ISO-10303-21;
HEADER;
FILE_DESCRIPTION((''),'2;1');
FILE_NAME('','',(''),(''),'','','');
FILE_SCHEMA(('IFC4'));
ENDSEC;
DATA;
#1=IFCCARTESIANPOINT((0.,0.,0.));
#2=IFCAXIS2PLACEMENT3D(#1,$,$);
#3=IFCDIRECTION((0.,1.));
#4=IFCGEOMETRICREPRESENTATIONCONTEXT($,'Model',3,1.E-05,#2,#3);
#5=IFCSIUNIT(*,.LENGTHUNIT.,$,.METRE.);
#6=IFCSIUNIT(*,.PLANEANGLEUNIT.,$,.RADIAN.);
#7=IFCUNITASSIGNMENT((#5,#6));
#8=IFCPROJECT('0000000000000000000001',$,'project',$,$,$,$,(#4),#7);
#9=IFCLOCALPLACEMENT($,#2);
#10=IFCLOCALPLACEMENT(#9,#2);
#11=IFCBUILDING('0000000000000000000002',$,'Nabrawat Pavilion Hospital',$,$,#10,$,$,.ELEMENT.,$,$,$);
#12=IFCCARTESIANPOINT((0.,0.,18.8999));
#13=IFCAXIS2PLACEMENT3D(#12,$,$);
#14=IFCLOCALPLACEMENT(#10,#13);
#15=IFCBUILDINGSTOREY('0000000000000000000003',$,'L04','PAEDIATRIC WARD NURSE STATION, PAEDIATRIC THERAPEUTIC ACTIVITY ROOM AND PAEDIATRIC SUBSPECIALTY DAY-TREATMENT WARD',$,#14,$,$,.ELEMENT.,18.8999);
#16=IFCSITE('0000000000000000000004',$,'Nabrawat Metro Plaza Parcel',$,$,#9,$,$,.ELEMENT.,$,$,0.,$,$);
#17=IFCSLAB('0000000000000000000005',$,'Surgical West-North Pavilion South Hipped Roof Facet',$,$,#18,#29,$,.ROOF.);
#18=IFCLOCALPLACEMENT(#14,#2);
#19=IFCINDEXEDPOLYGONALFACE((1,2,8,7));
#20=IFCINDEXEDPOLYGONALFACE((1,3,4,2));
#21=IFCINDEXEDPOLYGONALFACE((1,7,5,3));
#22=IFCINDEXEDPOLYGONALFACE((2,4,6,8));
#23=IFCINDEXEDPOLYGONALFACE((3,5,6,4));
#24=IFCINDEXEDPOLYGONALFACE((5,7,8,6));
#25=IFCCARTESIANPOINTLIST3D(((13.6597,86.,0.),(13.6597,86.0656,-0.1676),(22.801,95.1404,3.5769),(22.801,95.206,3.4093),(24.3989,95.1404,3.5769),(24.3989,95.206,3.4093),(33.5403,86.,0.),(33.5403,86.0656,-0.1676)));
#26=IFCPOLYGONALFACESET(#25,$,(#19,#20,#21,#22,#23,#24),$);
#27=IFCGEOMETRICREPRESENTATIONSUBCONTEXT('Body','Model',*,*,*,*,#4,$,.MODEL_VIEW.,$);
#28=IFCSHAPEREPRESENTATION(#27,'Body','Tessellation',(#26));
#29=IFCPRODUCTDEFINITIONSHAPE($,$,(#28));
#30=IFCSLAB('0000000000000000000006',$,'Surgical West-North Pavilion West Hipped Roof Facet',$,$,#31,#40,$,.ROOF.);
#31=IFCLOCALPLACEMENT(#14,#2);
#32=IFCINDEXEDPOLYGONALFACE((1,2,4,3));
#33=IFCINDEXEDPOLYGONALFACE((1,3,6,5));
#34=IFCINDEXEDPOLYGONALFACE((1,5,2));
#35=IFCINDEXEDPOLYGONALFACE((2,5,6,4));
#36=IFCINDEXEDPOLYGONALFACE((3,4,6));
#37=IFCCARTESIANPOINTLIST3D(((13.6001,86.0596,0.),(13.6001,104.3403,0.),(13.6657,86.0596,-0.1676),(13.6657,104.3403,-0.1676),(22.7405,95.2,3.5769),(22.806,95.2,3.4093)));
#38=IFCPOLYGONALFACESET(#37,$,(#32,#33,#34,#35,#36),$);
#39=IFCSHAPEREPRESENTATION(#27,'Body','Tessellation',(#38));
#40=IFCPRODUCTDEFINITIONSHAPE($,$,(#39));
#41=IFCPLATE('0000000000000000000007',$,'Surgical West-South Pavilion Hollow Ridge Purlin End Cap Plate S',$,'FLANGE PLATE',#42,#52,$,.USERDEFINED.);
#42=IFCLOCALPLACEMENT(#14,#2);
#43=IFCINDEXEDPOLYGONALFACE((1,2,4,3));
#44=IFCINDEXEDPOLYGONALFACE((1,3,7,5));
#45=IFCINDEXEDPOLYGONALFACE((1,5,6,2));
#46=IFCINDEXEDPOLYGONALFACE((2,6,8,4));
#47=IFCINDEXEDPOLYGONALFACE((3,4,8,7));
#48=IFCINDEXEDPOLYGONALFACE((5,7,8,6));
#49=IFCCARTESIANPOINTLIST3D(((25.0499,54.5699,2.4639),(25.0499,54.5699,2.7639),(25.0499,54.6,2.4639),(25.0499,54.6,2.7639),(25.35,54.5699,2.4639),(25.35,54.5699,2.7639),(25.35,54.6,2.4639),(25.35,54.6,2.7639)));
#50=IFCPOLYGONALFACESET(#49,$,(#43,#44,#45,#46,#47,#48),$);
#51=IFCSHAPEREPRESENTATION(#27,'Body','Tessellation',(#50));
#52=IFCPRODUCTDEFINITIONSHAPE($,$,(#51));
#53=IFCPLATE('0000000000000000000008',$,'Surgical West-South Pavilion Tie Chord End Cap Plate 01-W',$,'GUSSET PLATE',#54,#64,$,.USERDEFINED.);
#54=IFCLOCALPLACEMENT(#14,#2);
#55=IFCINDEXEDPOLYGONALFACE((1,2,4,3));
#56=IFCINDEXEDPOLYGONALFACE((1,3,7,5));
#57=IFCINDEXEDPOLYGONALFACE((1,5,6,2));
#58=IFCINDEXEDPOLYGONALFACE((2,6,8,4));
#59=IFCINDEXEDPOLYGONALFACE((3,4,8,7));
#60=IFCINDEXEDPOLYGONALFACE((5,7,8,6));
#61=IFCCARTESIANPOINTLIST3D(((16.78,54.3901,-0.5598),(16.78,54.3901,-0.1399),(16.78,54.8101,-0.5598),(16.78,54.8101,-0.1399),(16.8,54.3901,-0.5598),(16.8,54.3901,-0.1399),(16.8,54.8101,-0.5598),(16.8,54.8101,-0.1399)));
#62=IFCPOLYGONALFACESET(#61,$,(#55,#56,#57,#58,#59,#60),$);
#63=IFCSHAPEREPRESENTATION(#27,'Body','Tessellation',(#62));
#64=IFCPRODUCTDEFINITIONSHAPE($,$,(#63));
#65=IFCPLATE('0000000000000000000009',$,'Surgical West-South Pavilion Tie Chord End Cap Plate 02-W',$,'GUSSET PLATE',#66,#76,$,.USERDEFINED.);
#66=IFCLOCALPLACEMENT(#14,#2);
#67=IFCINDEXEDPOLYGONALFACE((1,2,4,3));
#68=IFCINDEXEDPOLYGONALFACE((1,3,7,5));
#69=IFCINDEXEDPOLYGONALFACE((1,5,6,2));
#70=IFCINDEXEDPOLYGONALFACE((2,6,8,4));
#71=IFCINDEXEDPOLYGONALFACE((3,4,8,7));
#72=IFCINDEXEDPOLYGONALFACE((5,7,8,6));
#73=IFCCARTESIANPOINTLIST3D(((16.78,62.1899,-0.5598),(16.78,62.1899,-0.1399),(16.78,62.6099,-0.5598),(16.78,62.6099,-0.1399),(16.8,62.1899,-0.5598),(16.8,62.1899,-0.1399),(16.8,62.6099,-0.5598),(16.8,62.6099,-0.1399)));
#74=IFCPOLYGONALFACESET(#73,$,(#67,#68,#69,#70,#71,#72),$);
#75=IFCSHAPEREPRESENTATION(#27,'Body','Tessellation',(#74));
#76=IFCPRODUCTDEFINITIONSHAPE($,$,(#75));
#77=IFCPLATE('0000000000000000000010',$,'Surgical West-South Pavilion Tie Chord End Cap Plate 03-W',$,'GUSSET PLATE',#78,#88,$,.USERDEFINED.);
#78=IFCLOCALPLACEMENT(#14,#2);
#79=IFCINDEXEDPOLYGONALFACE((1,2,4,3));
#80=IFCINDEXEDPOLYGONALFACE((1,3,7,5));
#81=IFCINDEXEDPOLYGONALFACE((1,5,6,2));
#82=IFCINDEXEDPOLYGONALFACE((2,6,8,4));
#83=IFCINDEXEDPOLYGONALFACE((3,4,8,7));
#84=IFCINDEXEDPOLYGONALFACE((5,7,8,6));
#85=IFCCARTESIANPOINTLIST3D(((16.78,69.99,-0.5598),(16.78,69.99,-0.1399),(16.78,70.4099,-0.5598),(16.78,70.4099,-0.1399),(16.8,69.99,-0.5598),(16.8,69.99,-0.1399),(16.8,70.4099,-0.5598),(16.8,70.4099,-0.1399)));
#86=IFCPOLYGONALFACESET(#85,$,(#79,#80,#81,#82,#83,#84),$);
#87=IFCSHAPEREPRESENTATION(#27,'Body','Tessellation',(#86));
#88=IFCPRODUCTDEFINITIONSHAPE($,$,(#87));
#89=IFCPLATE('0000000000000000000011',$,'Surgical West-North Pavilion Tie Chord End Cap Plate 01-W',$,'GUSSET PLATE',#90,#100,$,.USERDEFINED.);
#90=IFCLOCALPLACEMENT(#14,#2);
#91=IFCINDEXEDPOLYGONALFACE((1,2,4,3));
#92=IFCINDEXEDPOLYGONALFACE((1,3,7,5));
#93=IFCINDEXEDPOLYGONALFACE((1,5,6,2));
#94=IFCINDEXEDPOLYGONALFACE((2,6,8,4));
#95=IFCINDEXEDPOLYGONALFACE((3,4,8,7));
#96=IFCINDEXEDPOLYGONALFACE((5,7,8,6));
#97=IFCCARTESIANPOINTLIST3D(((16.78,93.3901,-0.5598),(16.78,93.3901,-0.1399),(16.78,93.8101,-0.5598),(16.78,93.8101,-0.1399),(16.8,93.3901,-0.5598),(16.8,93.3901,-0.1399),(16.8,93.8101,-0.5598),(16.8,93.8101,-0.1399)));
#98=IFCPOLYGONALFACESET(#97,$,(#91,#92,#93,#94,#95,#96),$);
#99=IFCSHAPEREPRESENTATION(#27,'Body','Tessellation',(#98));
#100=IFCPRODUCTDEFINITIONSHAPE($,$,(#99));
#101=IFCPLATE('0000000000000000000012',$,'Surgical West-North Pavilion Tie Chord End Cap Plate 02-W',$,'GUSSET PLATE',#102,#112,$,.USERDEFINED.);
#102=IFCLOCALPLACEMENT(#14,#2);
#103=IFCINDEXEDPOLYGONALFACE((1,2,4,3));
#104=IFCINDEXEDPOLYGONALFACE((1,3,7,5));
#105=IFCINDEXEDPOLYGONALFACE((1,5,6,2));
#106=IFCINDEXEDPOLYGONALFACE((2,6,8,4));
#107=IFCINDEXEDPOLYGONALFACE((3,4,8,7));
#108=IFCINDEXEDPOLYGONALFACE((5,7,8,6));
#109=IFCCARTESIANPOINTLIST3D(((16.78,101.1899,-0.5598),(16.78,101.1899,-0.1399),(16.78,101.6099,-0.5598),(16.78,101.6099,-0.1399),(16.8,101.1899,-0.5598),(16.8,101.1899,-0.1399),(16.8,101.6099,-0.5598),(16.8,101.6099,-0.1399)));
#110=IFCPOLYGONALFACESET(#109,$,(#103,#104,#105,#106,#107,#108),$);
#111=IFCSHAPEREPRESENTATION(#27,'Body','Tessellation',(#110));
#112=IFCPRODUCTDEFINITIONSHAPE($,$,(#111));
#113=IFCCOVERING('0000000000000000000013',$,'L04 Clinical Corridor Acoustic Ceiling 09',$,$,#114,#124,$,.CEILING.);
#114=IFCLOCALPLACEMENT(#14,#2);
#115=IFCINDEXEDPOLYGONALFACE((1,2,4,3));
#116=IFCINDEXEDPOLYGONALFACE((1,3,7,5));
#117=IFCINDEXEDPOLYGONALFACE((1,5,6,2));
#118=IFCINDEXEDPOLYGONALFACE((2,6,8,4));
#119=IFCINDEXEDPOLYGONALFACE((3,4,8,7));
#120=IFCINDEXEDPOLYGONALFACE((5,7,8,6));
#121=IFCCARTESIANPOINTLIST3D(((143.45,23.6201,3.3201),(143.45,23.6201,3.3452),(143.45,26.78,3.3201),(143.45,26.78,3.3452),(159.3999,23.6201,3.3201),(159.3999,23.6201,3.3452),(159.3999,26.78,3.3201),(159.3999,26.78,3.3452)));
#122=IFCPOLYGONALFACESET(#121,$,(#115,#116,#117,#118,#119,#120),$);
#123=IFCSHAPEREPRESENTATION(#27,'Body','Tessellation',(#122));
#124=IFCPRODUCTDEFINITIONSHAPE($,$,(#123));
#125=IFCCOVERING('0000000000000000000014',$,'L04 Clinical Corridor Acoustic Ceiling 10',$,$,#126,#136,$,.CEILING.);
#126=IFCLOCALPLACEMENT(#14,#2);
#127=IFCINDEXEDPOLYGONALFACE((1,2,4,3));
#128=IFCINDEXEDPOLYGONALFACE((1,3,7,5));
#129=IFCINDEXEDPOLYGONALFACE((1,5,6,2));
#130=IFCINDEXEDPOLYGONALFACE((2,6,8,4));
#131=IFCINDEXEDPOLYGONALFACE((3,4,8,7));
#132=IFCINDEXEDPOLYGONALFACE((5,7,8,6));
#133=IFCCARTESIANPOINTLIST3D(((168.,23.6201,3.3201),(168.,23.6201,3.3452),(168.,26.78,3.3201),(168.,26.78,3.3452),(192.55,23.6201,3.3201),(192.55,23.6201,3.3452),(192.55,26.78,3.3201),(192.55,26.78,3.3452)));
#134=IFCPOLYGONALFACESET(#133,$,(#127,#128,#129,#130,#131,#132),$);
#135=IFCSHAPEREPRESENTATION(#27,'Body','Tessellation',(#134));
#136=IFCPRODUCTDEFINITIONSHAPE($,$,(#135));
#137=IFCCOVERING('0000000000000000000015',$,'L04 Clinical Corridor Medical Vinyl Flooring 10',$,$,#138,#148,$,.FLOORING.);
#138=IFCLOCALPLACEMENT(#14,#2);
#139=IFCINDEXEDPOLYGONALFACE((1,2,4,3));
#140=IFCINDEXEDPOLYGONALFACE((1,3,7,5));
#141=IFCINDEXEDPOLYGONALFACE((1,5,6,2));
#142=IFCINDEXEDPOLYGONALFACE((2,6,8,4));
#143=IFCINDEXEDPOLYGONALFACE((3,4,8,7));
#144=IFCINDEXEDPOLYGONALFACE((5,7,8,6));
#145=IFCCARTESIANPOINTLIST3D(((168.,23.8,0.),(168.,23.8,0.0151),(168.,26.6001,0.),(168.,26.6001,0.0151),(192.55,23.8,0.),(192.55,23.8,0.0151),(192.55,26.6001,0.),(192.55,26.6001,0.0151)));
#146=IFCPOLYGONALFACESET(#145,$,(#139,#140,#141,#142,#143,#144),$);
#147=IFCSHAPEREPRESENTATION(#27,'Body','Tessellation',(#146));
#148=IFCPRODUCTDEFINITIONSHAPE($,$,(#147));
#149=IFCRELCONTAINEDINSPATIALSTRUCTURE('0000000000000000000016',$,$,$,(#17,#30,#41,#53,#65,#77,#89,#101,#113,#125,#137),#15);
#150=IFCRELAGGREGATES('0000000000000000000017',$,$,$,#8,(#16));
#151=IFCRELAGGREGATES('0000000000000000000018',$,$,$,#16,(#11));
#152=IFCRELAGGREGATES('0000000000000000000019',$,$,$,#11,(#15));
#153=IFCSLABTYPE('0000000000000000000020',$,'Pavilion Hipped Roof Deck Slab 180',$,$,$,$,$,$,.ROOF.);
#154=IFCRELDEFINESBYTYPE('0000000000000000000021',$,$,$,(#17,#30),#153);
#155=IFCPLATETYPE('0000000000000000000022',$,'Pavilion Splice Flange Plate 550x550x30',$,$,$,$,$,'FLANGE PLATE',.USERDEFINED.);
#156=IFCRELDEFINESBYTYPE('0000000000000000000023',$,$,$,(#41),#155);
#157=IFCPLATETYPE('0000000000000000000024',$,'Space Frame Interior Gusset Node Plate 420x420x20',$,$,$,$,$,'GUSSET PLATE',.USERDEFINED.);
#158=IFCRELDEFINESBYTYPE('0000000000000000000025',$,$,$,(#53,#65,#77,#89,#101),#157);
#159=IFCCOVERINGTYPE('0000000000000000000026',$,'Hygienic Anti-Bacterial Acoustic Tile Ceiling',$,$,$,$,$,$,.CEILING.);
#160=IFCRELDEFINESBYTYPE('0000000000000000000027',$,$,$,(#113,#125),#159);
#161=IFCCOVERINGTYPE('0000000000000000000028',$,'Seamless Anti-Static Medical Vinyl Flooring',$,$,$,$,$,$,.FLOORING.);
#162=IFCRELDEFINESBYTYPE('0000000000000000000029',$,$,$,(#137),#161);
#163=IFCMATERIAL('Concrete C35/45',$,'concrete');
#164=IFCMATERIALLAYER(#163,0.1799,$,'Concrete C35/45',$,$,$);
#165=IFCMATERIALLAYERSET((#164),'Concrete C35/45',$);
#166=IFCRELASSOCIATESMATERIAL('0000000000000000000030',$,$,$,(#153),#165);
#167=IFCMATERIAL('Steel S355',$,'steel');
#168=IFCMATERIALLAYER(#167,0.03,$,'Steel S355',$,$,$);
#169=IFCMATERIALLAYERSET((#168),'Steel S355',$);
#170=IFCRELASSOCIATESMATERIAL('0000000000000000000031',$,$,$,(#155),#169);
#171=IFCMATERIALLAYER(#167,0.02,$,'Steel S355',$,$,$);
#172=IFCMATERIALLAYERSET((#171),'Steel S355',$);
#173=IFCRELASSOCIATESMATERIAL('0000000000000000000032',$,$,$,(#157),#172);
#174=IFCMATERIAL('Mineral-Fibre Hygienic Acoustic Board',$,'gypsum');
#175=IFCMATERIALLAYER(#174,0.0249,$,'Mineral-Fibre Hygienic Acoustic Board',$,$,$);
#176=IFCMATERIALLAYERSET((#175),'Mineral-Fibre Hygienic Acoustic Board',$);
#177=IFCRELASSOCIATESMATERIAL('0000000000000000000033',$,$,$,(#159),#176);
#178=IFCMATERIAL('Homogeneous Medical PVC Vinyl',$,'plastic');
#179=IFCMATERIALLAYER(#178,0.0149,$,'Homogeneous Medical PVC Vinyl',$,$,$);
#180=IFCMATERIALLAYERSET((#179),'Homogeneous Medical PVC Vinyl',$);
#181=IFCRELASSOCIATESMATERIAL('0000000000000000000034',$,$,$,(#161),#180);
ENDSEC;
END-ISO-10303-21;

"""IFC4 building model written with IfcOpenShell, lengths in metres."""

from ifc_helpers import new_model, si_unit, direction, frame, origin, origin_2d, place, context, subcontext, project, spatial, polyline, rectangle, outline, extrude, material, layer, layer_set, type_object, element, save


model = new_model("IFC4")

# Units and contexts
model_context = context("Model", 3, precision=1e-05, world=origin(), true_north=direction((0.0, 1.0)))
body_context = subcontext(model_context, "Body", "Model", "MODEL_VIEW")
ifc_project = project(units=[si_unit("LENGTHUNIT", "METRE"), si_unit("PLANEANGLEUNIT", "RADIAN")], contexts=[model_context])

# Site, building, storey
site_placement = place(None, origin())
site = spatial("IfcSite", under=ifc_project, at=site_placement, Name="Nabrawat Metro Plaza Parcel", CompositionType="ELEMENT", RefElevation=0.0)
building_placement = place(site_placement, origin())
building = spatial("IfcBuilding", under=site, at=building_placement, Name="Nabrawat Pavilion Hospital", CompositionType="ELEMENT")
storey_placement = place(building_placement, frame((0.0, 0.0, 18.8999)))
storey = spatial("IfcBuildingStorey", under=building, at=storey_placement, Name="L04", Description="PAEDIATRIC WARD NURSE STATION, PAEDIATRIC THERAPEUTIC ACTIVITY ROOM AND PAEDIATRIC SUBSPECIALTY DAY-TREATMENT WARD", CompositionType="ELEMENT", Elevation=18.8999)

# Shared definitions
ifc_material_1 = material(Name="Steel S355", Category="steel")

# Slabs
ifc_material_2 = material(Name="Concrete C35/45", Category="concrete")
ifc_layer_1 = layer(ifc_material_2, 0.1799, Name="Concrete C35/45")
ifc_layer_set_1 = layer_set([ifc_layer_1], Name="Concrete C35/45")
slab_type = type_object("IfcSlabType", Name="Pavilion Hipped Roof Deck Slab 180", PredefinedType="ROOF", material=ifc_layer_set_1)
slab_1_placement = place(storey_placement, frame((13.6597, 86.0, 0.0), z_axis=(0.0, -0.36442, 0.931235), x_axis=(1.0, 0.0, 0.0)))
element("IfcSlab", 1, at=slab_1_placement, inside=storey, type_object=slab_type, Name="Surgical West-North Pavilion South Hipped Roof Facet", PredefinedType="ROOF", context=body_context, shape_type="SweptSolid", body=[
    extrude(outline(polyline([(0.0, 0.0), (19.8806, 0.0), (10.7393, 9.8153), (9.1414, 9.8153), (0.0, 0.0)])), origin(), (0.0, 0.0, -1.0), 0.1799),
])
slab_2_placement = place(storey_placement, frame((13.6001, 104.3403, 0.0), z_axis=(-0.36442, 0.0, 0.931235), x_axis=(0.0, -1.0, 0.0)))
element("IfcSlab", 2, at=slab_2_placement, inside=storey, type_object=slab_type, Name="Surgical West-North Pavilion West Hipped Roof Facet", PredefinedType="ROOF", context=body_context, shape_type="SweptSolid", body=[
    extrude(outline(polyline([(0.0, 0.0), (18.2808, 0.0), (9.1404, 9.8153), (0.0, 0.0)])), origin(), (0.0, 0.0, -1.0), 0.1799),
])

# Plates
ifc_layer_2 = layer(ifc_material_1, 0.03, Name="Steel S355")
ifc_layer_set_2 = layer_set([ifc_layer_2], Name="Steel S355")
plate_type_1 = type_object("IfcPlateType", Name="Pavilion Splice Flange Plate 550x550x30", ElementType="FLANGE PLATE", PredefinedType="USERDEFINED", material=ifc_layer_set_2)
plate_placement = place(storey_placement, frame((25.2, 54.585, 2.4639), z_axis=(0.0, 0.0, 1.0), x_axis=(1.0, 0.0, 0.0)))
element("IfcPlate", 3, at=plate_placement, inside=storey, type_object=plate_type_1, Name="Surgical West-South Pavilion Hollow Ridge Purlin End Cap Plate S", ObjectType="FLANGE PLATE", PredefinedType="USERDEFINED", context=body_context, shape_type="SweptSolid", body=[
    extrude(rectangle(XDim=0.3, YDim=0.03, at=origin_2d()), origin(), (0.0, 0.0, 1.0), 0.3),
])
ifc_layer_3 = layer(ifc_material_1, 0.02, Name="Steel S355")
ifc_layer_set_3 = layer_set([ifc_layer_3], Name="Steel S355")
plate_type_2 = type_object("IfcPlateType", Name="Space Frame Interior Gusset Node Plate 420x420x20", ElementType="GUSSET PLATE", PredefinedType="USERDEFINED", material=ifc_layer_set_3)
for number, where, z_axis, x_axis, name in (
    (4, (16.79, 54.6001, -0.5598), (0.0, 0.0, 1.0), (1.0, 0.0, 0.0), "Surgical West-South Pavilion Tie Chord End Cap Plate 01-W"),
    (5, (16.79, 62.3999, -0.5598), (0.0, 0.0, 1.0), (1.0, 0.0, 0.0), "Surgical West-South Pavilion Tie Chord End Cap Plate 02-W"),
    (6, (16.79, 70.2, -0.5598), (0.0, 0.0, 1.0), (1.0, 0.0, 0.0), "Surgical West-South Pavilion Tie Chord End Cap Plate 03-W"),
    (7, (16.79, 93.6001, -0.5598), (0.0, 0.0, 1.0), (1.0, 0.0, 0.0), "Surgical West-North Pavilion Tie Chord End Cap Plate 01-W"),
    (8, (16.79, 101.3999, -0.5598), (0.0, 0.0, 1.0), (1.0, 0.0, 0.0), "Surgical West-North Pavilion Tie Chord End Cap Plate 02-W"),
):
    element("IfcPlate", number, at=place(storey_placement, frame(where, z_axis=z_axis, x_axis=x_axis)), inside=storey, type_object=plate_type_2, Name=name, ObjectType="GUSSET PLATE", PredefinedType="USERDEFINED", context=body_context, shape_type="SweptSolid", body=[
        extrude(rectangle(XDim=0.02, YDim=0.4199, at=origin_2d()), origin(), (0.0, 0.0, 1.0), 0.4199),
    ])

# Coverings
ifc_material_3 = material(Name="Mineral-Fibre Hygienic Acoustic Board", Category="gypsum")
ifc_layer_4 = layer(ifc_material_3, 0.0249, Name="Mineral-Fibre Hygienic Acoustic Board")
ifc_layer_set_4 = layer_set([ifc_layer_4], Name="Mineral-Fibre Hygienic Acoustic Board")
covering_type_1 = type_object("IfcCoveringType", Name="Hygienic Anti-Bacterial Acoustic Tile Ceiling", PredefinedType="CEILING", material=ifc_layer_set_4)
covering_1_placement = place(storey_placement, frame((0.0, 0.0, 3.3201)))
element("IfcCovering", 9, at=covering_1_placement, inside=storey, type_object=covering_type_1, Name="L04 Clinical Corridor Acoustic Ceiling 09", PredefinedType="CEILING", context=body_context, shape_type="SweptSolid", body=[
    extrude(outline(polyline([(159.3999, 23.6201), (159.3999, 26.78), (143.45, 26.78), (143.45, 23.6201), (159.3999, 23.6201)])), origin(), (0.0, 0.0, 1.0), 0.0251),
])
covering_2_placement = place(storey_placement, frame((0.0, 0.0, 3.3201)))
element("IfcCovering", 10, at=covering_2_placement, inside=storey, type_object=covering_type_1, Name="L04 Clinical Corridor Acoustic Ceiling 10", PredefinedType="CEILING", context=body_context, shape_type="SweptSolid", body=[
    extrude(outline(polyline([(192.55, 23.6201), (192.55, 26.78), (168.0, 26.78), (168.0, 23.6201), (192.55, 23.6201)])), origin(), (0.0, 0.0, 1.0), 0.0251),
])
ifc_material_4 = material(Name="Homogeneous Medical PVC Vinyl", Category="plastic")
ifc_layer_5 = layer(ifc_material_4, 0.0149, Name="Homogeneous Medical PVC Vinyl")
ifc_layer_set_5 = layer_set([ifc_layer_5], Name="Homogeneous Medical PVC Vinyl")
covering_type_2 = type_object("IfcCoveringType", Name="Seamless Anti-Static Medical Vinyl Flooring", PredefinedType="FLOORING", material=ifc_layer_set_5)
covering_3_placement = place(storey_placement, origin())
element("IfcCovering", 11, at=covering_3_placement, inside=storey, type_object=covering_type_2, Name="L04 Clinical Corridor Medical Vinyl Flooring 10", PredefinedType="FLOORING", context=body_context, shape_type="SweptSolid", body=[
    extrude(outline(polyline([(192.55, 23.8), (192.55, 26.6001), (168.0, 26.6001), (168.0, 23.8), (192.55, 23.8)])), origin(), (0.0, 0.0, 1.0), 0.0151),
])

save(model, "model.ifc")
